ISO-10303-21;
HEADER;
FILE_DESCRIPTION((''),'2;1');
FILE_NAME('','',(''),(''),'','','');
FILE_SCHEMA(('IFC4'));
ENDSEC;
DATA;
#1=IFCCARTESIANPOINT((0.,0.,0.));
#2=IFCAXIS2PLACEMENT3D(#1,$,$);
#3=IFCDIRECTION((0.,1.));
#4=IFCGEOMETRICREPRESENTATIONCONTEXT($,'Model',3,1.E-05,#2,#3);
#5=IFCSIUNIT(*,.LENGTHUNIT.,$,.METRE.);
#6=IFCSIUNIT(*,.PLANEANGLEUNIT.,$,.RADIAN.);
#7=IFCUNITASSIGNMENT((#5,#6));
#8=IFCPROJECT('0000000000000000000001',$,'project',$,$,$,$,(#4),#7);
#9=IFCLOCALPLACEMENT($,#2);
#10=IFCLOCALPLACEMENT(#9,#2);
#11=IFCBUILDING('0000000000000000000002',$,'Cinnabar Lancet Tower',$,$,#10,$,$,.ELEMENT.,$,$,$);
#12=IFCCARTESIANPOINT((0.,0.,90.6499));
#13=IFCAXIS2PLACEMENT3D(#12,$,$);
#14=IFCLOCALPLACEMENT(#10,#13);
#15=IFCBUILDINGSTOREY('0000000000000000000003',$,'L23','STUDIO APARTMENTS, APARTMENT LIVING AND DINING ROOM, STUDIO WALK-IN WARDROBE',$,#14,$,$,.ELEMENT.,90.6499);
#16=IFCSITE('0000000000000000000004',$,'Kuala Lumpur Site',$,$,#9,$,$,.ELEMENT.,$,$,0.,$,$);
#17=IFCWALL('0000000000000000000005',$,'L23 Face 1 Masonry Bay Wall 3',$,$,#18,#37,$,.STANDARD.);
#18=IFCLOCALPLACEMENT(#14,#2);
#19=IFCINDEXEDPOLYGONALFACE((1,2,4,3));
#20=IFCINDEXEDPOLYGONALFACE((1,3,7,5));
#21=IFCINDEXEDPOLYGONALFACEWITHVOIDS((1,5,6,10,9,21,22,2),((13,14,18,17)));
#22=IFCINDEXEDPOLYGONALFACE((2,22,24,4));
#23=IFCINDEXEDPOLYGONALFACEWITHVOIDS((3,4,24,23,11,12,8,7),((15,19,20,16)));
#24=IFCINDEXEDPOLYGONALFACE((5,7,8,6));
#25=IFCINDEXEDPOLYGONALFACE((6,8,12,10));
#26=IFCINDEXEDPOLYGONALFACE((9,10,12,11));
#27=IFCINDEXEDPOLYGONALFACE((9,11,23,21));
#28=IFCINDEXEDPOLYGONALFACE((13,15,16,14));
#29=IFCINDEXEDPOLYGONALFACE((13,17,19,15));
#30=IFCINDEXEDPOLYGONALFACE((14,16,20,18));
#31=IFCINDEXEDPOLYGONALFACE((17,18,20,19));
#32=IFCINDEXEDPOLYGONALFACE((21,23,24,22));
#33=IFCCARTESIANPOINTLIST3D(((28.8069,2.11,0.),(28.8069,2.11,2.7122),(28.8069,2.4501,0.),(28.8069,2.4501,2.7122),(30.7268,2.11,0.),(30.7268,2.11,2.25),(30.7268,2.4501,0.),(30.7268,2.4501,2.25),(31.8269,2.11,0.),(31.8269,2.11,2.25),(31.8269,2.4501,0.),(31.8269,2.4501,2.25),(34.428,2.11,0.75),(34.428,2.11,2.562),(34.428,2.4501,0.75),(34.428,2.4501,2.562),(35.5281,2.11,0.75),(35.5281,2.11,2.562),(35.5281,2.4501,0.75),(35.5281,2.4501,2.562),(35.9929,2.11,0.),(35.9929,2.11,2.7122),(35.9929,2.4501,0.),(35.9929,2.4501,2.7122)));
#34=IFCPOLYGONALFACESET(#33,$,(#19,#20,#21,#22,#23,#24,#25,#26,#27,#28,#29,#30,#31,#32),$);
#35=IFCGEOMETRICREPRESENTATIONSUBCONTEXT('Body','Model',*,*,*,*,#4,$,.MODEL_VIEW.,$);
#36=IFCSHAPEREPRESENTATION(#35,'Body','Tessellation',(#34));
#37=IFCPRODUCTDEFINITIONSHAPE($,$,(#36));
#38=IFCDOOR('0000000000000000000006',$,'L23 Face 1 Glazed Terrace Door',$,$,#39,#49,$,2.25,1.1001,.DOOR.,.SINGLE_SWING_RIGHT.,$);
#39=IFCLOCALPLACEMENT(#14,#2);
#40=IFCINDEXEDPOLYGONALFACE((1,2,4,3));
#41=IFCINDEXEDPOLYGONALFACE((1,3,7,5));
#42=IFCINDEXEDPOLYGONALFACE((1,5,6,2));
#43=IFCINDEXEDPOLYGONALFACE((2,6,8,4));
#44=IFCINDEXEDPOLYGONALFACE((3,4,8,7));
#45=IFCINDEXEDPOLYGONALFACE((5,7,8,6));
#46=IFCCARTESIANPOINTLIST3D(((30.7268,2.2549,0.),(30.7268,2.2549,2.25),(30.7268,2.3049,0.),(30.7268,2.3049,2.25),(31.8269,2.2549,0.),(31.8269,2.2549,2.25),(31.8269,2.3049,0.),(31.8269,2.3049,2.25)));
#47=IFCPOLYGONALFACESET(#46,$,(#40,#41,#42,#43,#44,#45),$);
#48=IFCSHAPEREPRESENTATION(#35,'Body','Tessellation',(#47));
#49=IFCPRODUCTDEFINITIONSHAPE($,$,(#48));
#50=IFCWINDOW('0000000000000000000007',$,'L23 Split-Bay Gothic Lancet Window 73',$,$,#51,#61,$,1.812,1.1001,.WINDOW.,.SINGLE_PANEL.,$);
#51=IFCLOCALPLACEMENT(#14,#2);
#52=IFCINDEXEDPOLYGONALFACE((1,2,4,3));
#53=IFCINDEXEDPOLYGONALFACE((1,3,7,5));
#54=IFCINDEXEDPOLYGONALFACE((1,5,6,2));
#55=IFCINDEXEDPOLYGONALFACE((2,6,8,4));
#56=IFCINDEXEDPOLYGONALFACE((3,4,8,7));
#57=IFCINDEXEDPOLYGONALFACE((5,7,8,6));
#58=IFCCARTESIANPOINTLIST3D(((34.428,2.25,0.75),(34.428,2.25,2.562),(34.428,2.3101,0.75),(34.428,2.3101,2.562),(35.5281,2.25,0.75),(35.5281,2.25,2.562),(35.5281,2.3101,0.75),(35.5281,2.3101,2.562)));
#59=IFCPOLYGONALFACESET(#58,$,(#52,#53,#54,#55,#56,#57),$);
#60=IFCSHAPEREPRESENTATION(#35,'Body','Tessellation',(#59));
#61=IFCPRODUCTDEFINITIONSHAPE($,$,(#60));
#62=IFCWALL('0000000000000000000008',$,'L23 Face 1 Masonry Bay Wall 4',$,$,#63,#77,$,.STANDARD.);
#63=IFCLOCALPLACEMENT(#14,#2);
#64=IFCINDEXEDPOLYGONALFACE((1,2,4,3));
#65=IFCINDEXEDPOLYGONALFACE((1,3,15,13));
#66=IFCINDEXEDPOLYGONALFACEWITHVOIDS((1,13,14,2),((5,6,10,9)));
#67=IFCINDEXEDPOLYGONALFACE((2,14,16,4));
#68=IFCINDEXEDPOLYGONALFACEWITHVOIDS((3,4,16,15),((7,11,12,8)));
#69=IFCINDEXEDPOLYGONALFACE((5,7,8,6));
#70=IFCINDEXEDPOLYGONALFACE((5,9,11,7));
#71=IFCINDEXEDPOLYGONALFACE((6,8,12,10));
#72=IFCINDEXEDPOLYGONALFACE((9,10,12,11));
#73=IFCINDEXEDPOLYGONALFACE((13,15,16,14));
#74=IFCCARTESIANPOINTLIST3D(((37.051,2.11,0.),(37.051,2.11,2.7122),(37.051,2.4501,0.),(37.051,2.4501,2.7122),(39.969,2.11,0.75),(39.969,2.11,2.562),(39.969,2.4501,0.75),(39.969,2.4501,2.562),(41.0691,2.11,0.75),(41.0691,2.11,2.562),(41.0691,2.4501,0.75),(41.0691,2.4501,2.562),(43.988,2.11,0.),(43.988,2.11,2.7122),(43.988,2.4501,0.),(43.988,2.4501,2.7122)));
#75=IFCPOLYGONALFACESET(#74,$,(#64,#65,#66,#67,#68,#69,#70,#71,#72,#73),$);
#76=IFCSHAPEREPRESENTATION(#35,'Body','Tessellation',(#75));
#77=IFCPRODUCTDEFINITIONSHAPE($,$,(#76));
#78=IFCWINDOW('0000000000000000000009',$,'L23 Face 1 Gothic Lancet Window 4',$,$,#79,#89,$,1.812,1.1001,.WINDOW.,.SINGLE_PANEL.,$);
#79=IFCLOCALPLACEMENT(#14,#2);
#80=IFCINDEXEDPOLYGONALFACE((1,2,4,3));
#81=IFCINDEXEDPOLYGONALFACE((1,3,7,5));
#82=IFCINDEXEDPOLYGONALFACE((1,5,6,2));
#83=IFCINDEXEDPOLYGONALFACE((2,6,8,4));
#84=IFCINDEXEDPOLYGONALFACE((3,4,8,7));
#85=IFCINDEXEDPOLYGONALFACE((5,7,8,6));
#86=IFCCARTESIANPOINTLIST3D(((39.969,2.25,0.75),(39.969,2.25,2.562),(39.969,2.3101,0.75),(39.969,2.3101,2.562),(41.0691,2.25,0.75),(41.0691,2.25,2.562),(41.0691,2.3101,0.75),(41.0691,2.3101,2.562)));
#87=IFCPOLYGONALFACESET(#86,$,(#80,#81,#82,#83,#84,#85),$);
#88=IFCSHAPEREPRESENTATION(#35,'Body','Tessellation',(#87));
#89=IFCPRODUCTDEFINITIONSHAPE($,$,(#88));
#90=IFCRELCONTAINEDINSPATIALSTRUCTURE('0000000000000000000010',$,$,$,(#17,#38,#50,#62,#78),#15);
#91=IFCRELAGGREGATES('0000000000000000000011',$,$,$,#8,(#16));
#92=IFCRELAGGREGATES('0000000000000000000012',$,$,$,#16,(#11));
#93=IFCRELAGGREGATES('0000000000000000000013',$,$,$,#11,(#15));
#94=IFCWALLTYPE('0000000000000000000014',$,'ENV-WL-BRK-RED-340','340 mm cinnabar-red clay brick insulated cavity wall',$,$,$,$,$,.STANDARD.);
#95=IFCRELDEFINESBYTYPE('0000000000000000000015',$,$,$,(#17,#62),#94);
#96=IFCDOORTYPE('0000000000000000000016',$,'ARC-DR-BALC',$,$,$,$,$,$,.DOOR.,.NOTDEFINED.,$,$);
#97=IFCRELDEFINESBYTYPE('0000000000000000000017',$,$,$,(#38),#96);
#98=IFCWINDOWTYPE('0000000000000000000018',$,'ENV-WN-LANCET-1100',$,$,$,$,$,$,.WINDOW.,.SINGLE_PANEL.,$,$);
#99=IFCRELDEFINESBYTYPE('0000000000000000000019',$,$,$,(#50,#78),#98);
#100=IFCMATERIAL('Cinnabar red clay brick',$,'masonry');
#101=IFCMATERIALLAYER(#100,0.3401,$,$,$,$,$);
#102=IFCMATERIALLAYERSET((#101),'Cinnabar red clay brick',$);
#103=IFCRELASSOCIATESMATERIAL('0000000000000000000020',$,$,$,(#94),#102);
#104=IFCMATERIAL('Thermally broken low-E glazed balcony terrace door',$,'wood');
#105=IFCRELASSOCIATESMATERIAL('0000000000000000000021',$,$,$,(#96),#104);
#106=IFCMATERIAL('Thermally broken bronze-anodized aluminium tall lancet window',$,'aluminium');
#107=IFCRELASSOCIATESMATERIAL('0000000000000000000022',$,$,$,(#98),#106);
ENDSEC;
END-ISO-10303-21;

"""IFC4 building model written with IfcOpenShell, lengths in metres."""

from ifc_helpers import new_model, si_unit, direction, frame, frame_2d, origin, place, context, subcontext, project, spatial, rectangle, extrude, material, layer, layer_set, type_object, element, fill, save


model = new_model("IFC4")

# Units and contexts
model_context = context("Model", 3, precision=1e-05, world=origin(), true_north=direction((0.0, 1.0)))
body_context = subcontext(model_context, "Body", "Model", "MODEL_VIEW")
ifc_project = project(units=[si_unit("LENGTHUNIT", "METRE"), si_unit("PLANEANGLEUNIT", "RADIAN")], contexts=[model_context])

# Site, building, storey
site_placement = place(None, origin())
site = spatial("IfcSite", under=ifc_project, at=site_placement, Name="Kuala Lumpur Site", CompositionType="ELEMENT", RefElevation=0.0)
building_placement = place(site_placement, origin())
building = spatial("IfcBuilding", under=site, at=building_placement, Name="Cinnabar Lancet Tower", CompositionType="ELEMENT")
storey_placement = place(building_placement, frame((0.0, 0.0, 90.6499)))
storey = spatial("IfcBuildingStorey", under=building, at=storey_placement, Name="L23", Description="STUDIO APARTMENTS, APARTMENT LIVING AND DINING ROOM, STUDIO WALK-IN WARDROBE", CompositionType="ELEMENT", Elevation=90.6499)

# Wall, openings, door, window
ifc_material_1 = material(Name="Cinnabar red clay brick", Category="masonry")
ifc_layer_1 = layer(ifc_material_1, 0.3401)
ifc_layer_set_1 = layer_set([ifc_layer_1], Name="Cinnabar red clay brick")
wall_type_1 = type_object("IfcWallType", Name="ENV-WL-BRK-RED-340", Description="340 mm cinnabar-red clay brick insulated cavity wall", PredefinedType="STANDARD", material=ifc_layer_set_1)
wall_1_placement = place(storey_placement, frame((28.8069, 2.28, 0.0), z_axis=(0.0, 0.0, 1.0), x_axis=(1.0, 0.0, 0.0)))
wall_1 = element("IfcWall", 1, at=wall_1_placement, inside=storey, type_object=wall_type_1, Name="L23 Face 1 Masonry Bay Wall 3", PredefinedType="STANDARD", context=body_context, shape_type="SweptSolid", body=[
    extrude(rectangle(XDim=7.186, YDim=0.3401, at=frame_2d((3.593, 0.0))), origin(), (0.0, 0.0, 1.0), 2.7122),
])
opening_1_placement = place(wall_1_placement, frame((1.9199, 0.0, 0.0)))
opening_1 = element("IfcOpeningElement", 2, at=opening_1_placement, cuts=wall_1, PredefinedType="OPENING", context=body_context, shape_type="SweptSolid", body=[
    extrude(rectangle(XDim=1.1001, YDim=2.25, at=frame_2d((0.55, 1.125))), frame((0.0, 0.1799, 0.0), z_axis=(0.0, -1.0, 0.0), x_axis=(1.0, 0.0, 0.0)), (0.0, 0.0, 1.0), 0.3601),
])
opening_2_placement = place(wall_1_placement, frame((5.6211, 0.0, 0.75)))
opening_2 = element("IfcOpeningElement", 3, at=opening_2_placement, cuts=wall_1, PredefinedType="OPENING", context=body_context, shape_type="SweptSolid", body=[
    extrude(rectangle(XDim=1.1001, YDim=1.812, at=frame_2d((0.55, 0.906))), frame((0.0, 0.1799, 0.0), z_axis=(0.0, -1.0, 0.0), x_axis=(1.0, 0.0, 0.0)), (0.0, 0.0, 1.0), 0.3601),
])
ifc_material_2 = material(Name="Thermally broken low-E glazed balcony terrace door", Category="wood")
door_type_1 = type_object("IfcDoorType", Name="ARC-DR-BALC", OperationType="NOTDEFINED", PredefinedType="DOOR", material=ifc_material_2)
door_1_placement = place(opening_1_placement, origin())
door_1 = element("IfcDoor", 4, at=door_1_placement, inside=storey, type_object=door_type_1, Name="L23 Face 1 Glazed Terrace Door", OperationType="SINGLE_SWING_RIGHT", OverallHeight=2.25, OverallWidth=1.1001, PredefinedType="DOOR", context=body_context, shape_type="SweptSolid", body=[
    extrude(rectangle(XDim=1.1001, YDim=2.25, at=frame_2d((0.55, 1.125))), frame((0.0, 0.0249, 0.0), z_axis=(0.0, -1.0, 0.0), x_axis=(1.0, 0.0, 0.0)), (0.0, 0.0, 1.0), 0.05),
])
fill(opening_1, door_1)
ifc_material_3 = material(Name="Thermally broken bronze-anodized aluminium tall lancet window", Category="aluminium")
window_type = type_object("IfcWindowType", Name="ENV-WN-LANCET-1100", PartitioningType="SINGLE_PANEL", PredefinedType="WINDOW", material=ifc_material_3)
window_1_placement = place(opening_2_placement, origin())
window_1 = element("IfcWindow", 5, at=window_1_placement, inside=storey, type_object=window_type, Name="L23 Split-Bay Gothic Lancet Window 73", OverallHeight=1.812, OverallWidth=1.1001, PartitioningType="SINGLE_PANEL", PredefinedType="WINDOW", context=body_context, shape_type="SweptSolid", body=[
    extrude(rectangle(XDim=1.1001, YDim=1.812, at=frame_2d((0.55, 0.906))), frame((0.0, 0.03, 0.0), z_axis=(0.0, -1.0, 0.0), x_axis=(1.0, 0.0, 0.0)), (0.0, 0.0, 1.0), 0.0601),
])
fill(opening_2, window_1)

# Wall, opening, window
wall_2_placement = place(storey_placement, frame((37.051, 2.28, 0.0), z_axis=(0.0, 0.0, 1.0), x_axis=(1.0, 0.0, 0.0)))
wall_2 = element("IfcWall", 6, at=wall_2_placement, inside=storey, type_object=wall_type_1, Name="L23 Face 1 Masonry Bay Wall 4", PredefinedType="STANDARD", context=body_context, shape_type="SweptSolid", body=[
    extrude(rectangle(XDim=6.937, YDim=0.3401, at=frame_2d((3.4685, 0.0))), origin(), (0.0, 0.0, 1.0), 2.7122),
])
opening_3_placement = place(wall_2_placement, frame((2.918, 0.0, 0.75)))
opening_3 = element("IfcOpeningElement", 7, at=opening_3_placement, cuts=wall_2, PredefinedType="OPENING", context=body_context, shape_type="SweptSolid", body=[
    extrude(rectangle(XDim=1.1001, YDim=1.812, at=frame_2d((0.55, 0.906))), frame((0.0, 0.1799, 0.0), z_axis=(0.0, -1.0, 0.0), x_axis=(1.0, 0.0, 0.0)), (0.0, 0.0, 1.0), 0.3601),
])
window_2_placement = place(opening_3_placement, origin())
window_2 = element("IfcWindow", 8, at=window_2_placement, inside=storey, type_object=window_type, Name="L23 Face 1 Gothic Lancet Window 4", OverallHeight=1.812, OverallWidth=1.1001, PartitioningType="SINGLE_PANEL", PredefinedType="WINDOW", context=body_context, shape_type="SweptSolid", body=[
    extrude(rectangle(XDim=1.1001, YDim=1.812, at=frame_2d((0.55, 0.906))), frame((0.0, 0.03, 0.0), z_axis=(0.0, -1.0, 0.0), x_axis=(1.0, 0.0, 0.0)), (0.0, 0.0, 1.0), 0.0601),
])
fill(opening_3, window_2)

save(model, "model.ifc")
